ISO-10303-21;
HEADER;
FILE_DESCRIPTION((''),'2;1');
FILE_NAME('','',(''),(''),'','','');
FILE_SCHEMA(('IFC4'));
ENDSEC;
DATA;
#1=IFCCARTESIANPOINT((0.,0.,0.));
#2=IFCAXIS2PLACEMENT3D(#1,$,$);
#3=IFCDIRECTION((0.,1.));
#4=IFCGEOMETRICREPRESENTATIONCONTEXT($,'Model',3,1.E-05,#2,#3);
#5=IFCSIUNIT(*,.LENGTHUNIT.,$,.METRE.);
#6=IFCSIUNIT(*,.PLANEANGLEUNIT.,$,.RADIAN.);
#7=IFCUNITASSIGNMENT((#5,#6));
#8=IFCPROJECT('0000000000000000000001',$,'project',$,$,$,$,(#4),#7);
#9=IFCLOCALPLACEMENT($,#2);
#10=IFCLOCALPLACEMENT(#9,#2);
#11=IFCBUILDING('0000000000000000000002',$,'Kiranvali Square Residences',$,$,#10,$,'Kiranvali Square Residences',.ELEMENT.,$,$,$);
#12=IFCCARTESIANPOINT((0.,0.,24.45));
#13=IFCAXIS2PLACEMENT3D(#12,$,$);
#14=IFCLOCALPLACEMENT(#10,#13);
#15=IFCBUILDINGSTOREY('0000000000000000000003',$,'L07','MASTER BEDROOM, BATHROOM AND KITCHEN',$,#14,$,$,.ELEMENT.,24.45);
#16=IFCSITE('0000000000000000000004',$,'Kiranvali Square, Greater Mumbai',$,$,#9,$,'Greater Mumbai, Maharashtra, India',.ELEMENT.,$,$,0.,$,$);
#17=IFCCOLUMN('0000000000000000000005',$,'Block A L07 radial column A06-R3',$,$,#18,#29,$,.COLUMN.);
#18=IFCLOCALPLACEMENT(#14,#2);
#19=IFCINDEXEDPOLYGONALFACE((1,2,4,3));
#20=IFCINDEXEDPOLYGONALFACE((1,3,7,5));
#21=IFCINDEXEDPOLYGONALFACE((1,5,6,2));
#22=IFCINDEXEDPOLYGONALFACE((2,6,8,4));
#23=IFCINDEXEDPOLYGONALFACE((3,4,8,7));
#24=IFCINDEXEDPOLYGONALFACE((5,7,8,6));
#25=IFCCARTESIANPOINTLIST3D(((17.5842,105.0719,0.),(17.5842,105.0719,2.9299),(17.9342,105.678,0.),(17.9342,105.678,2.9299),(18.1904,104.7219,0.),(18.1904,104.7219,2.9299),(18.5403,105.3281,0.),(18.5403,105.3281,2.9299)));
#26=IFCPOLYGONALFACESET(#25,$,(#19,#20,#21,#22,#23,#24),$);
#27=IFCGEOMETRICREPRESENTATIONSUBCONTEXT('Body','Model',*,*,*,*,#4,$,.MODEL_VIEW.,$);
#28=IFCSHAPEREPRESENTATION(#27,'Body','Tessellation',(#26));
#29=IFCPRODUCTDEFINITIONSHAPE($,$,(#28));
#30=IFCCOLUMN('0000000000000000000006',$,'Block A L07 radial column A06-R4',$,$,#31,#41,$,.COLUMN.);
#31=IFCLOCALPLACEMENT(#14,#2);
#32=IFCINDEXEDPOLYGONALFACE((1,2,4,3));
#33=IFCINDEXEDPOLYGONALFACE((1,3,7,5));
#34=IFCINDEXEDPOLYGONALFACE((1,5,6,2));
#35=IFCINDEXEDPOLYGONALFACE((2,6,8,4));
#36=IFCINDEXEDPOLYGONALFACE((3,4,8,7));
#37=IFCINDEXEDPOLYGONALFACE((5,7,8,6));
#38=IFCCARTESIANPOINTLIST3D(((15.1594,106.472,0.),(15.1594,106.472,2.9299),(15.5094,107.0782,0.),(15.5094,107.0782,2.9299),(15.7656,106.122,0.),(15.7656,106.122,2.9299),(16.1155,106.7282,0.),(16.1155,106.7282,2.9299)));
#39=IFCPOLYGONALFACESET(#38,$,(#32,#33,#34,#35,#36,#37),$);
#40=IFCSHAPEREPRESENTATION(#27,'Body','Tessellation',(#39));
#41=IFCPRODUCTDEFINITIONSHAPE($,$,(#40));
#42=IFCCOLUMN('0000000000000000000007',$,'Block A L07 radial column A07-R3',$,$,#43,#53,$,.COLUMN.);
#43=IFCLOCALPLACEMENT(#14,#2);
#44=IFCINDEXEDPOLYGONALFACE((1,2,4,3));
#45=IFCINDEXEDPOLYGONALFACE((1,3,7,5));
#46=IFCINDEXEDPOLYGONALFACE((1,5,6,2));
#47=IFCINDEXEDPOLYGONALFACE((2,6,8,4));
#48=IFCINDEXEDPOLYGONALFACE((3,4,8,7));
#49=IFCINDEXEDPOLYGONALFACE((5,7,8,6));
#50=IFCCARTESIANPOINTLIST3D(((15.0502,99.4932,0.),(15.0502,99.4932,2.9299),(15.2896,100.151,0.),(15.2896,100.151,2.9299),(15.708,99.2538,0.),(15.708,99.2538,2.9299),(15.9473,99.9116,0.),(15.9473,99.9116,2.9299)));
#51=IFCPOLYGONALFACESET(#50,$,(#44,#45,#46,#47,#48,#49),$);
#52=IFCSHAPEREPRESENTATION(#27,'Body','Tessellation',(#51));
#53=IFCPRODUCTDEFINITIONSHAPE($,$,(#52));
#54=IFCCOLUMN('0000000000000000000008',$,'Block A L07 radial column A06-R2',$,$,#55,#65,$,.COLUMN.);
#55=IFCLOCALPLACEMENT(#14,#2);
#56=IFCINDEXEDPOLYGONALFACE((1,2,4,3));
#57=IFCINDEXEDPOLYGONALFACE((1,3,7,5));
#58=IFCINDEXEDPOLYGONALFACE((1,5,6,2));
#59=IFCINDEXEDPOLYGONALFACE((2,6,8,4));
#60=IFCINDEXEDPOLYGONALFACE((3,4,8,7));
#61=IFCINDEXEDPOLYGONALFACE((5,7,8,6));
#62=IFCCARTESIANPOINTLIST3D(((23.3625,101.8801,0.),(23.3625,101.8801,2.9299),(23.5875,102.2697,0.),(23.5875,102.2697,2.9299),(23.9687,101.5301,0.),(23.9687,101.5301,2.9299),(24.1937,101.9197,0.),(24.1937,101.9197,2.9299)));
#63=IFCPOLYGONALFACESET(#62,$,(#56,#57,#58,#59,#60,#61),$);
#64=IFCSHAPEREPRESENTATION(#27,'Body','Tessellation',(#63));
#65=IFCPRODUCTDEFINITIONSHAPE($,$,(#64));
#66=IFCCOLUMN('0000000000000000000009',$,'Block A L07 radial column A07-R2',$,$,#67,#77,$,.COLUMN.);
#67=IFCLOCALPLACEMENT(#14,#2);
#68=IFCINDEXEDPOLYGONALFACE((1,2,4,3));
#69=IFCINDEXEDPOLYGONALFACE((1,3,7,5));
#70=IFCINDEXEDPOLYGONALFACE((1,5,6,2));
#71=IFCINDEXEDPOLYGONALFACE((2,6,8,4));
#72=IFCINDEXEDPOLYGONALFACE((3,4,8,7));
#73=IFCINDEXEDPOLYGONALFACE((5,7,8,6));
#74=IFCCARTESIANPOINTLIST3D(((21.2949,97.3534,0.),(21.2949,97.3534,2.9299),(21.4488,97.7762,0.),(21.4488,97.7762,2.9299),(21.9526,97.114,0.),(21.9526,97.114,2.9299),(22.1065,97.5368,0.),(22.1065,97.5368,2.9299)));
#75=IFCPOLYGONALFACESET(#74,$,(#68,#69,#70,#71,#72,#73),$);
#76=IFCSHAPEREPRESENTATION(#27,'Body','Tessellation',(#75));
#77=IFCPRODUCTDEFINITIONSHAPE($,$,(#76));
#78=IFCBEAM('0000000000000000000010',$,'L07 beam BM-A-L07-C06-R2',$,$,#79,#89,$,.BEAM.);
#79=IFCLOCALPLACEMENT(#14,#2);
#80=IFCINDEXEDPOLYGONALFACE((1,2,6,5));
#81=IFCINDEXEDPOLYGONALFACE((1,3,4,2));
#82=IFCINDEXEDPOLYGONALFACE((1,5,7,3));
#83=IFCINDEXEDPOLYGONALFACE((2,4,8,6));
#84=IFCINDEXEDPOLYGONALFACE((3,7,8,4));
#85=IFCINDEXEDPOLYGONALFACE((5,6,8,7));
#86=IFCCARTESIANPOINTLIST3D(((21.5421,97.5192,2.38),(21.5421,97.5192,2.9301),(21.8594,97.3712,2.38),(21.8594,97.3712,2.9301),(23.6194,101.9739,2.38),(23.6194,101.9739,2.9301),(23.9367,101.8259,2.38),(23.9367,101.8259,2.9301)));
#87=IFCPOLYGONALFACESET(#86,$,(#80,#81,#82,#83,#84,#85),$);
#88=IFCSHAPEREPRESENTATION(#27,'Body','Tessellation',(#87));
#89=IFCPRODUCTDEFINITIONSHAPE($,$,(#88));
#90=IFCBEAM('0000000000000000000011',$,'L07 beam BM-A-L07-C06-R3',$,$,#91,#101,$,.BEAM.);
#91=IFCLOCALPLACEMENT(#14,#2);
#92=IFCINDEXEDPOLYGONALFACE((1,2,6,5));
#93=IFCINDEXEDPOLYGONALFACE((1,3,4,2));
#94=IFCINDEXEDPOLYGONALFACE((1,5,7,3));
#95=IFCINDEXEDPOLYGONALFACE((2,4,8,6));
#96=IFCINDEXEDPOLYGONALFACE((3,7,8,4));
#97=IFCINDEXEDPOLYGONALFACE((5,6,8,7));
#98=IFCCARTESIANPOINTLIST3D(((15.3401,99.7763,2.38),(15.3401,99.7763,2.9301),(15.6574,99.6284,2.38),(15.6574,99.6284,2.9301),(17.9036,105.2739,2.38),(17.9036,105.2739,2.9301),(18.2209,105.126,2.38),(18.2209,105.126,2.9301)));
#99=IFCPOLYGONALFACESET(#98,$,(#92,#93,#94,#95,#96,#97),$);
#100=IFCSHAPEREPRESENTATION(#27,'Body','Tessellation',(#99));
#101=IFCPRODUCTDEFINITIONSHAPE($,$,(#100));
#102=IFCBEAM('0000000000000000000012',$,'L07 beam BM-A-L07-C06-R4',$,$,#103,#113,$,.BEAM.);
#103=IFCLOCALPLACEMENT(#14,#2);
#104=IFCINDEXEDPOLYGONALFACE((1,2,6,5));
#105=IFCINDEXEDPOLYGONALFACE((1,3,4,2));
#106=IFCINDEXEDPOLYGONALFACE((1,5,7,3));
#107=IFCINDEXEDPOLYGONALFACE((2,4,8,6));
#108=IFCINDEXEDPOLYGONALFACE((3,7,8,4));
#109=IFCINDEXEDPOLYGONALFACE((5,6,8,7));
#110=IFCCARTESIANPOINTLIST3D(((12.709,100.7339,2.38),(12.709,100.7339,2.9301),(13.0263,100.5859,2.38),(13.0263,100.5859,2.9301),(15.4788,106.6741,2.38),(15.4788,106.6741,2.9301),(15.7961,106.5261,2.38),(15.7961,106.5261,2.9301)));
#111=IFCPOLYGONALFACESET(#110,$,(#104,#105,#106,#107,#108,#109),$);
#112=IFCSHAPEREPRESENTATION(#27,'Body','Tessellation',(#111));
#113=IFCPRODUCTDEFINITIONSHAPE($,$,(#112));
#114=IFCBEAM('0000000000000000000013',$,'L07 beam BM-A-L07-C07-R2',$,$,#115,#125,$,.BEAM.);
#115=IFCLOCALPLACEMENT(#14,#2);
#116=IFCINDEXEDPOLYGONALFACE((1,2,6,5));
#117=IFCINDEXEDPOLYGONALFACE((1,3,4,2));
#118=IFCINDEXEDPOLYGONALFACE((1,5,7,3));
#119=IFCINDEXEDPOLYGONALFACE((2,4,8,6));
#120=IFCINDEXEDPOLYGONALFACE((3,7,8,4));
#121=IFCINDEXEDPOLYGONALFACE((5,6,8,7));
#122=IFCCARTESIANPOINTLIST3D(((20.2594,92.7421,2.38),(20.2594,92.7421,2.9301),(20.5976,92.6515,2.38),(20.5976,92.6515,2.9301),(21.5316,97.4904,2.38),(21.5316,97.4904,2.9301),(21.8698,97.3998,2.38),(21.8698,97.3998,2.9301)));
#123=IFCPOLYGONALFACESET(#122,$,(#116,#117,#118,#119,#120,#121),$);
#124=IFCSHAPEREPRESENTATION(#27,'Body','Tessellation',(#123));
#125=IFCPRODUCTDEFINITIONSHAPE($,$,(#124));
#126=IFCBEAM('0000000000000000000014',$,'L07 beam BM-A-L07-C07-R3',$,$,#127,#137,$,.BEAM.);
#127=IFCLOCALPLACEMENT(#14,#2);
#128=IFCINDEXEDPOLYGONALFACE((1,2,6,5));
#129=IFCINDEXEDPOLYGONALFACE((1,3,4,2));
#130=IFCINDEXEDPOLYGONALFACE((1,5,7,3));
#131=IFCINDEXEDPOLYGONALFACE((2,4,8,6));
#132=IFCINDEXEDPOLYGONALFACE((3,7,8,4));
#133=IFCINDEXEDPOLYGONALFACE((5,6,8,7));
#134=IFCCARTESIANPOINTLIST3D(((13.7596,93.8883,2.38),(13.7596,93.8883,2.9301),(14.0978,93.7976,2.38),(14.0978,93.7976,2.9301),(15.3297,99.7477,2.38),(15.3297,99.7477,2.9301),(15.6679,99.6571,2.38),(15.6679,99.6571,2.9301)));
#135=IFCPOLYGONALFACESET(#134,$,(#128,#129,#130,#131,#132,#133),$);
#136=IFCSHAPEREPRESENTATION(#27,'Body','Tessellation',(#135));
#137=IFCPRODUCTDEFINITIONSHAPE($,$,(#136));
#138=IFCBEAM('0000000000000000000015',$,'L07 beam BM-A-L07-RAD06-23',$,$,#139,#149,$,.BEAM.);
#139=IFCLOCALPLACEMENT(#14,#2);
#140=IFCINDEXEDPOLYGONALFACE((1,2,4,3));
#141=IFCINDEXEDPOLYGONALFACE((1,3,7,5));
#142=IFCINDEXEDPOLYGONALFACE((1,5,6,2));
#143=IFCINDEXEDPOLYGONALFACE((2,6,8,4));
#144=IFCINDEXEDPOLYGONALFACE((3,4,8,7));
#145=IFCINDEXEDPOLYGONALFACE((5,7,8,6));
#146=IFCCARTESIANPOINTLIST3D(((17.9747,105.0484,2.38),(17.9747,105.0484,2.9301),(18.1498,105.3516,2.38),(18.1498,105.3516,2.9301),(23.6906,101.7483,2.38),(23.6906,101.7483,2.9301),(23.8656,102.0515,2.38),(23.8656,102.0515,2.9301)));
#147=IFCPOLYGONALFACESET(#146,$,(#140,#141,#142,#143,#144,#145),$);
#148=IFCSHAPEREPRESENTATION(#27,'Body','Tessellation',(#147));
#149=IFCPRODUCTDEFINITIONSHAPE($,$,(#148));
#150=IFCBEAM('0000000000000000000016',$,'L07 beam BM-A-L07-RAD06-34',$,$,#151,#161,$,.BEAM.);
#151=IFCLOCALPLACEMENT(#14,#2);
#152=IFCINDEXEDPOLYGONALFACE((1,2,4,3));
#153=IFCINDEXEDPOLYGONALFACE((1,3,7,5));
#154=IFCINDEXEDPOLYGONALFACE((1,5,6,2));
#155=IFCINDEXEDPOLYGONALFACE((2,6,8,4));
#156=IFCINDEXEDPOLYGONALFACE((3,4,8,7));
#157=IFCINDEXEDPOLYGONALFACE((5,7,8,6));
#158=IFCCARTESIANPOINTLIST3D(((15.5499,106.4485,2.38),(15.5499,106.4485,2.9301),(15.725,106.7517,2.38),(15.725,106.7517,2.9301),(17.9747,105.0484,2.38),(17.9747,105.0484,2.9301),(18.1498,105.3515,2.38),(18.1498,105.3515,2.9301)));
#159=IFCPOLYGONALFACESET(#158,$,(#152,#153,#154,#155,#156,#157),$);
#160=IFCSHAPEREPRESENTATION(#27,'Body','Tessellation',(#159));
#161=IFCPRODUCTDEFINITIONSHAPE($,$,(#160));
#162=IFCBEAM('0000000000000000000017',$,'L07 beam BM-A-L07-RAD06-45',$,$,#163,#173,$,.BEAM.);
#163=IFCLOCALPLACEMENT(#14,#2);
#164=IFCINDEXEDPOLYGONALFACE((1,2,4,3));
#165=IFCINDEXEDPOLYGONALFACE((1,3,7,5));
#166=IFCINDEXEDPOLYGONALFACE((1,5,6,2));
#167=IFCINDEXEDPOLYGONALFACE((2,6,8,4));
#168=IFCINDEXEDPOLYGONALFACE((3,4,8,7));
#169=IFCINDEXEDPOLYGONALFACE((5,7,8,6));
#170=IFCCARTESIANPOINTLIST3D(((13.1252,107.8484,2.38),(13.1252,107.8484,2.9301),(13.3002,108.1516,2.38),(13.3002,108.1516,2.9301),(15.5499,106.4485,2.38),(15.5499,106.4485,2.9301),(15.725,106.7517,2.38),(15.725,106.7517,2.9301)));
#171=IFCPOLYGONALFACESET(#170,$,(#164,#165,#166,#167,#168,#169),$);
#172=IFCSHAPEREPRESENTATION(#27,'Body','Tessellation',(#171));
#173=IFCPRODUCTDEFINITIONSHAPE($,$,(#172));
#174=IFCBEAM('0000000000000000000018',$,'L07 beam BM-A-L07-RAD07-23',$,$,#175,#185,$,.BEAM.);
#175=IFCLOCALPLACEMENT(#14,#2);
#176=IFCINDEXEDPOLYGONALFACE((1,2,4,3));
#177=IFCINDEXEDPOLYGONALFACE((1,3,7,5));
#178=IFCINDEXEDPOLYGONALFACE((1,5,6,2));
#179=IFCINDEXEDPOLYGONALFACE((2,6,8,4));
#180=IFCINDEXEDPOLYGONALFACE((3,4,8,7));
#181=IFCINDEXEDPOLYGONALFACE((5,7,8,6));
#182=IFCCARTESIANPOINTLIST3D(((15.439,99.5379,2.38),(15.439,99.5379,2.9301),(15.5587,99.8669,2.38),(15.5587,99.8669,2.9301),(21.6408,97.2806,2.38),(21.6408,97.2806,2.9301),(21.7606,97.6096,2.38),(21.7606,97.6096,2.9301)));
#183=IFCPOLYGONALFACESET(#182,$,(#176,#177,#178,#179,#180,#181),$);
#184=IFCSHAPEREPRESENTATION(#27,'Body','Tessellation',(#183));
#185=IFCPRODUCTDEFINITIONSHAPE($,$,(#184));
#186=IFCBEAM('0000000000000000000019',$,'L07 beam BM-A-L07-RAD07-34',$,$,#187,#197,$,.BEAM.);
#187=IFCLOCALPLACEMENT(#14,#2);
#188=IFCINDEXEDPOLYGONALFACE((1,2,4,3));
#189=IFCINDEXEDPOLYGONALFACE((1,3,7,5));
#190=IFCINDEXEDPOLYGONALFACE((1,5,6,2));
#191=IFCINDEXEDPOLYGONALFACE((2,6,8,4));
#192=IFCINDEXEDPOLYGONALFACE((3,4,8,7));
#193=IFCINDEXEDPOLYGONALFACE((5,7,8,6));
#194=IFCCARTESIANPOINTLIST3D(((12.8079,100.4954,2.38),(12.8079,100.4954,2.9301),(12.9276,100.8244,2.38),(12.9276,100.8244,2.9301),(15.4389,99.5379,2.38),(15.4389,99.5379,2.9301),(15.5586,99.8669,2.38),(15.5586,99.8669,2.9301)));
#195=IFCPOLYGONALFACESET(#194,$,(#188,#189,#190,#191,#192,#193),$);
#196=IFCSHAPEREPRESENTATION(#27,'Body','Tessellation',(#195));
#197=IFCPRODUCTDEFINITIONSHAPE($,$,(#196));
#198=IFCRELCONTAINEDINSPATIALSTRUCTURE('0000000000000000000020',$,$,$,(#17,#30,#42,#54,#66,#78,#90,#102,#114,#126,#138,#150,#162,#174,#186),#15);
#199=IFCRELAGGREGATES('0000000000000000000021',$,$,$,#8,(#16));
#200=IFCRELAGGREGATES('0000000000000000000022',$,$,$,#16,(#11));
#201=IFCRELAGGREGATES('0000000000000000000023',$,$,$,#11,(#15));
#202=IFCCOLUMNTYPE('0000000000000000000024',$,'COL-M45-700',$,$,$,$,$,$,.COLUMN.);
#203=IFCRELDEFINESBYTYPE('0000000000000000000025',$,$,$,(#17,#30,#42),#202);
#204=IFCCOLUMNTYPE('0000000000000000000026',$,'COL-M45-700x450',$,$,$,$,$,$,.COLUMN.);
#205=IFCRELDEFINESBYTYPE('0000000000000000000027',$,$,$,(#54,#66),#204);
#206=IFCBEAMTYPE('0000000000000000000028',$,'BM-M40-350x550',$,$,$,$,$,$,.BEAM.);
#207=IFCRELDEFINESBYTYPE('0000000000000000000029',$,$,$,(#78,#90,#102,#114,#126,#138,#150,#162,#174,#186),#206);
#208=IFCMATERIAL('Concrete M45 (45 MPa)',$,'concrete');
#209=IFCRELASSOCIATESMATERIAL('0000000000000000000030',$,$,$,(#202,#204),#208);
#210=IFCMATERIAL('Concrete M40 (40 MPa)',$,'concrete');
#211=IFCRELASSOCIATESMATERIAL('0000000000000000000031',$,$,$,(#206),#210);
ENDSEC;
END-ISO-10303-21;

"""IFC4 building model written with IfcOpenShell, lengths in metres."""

from ifc_helpers import new_model, si_unit, direction, frame, origin, origin_2d, place, context, subcontext, project, spatial, rectangle, extrude, material, material_profile, profile_set, type_object, element, save


model = new_model("IFC4")

# Units and contexts
model_context = context("Model", 3, precision=1e-05, world=origin(), true_north=direction((0.0, 1.0)))
body_context = subcontext(model_context, "Body", "Model", "MODEL_VIEW")
ifc_project = project(units=[si_unit("LENGTHUNIT", "METRE"), si_unit("PLANEANGLEUNIT", "RADIAN")], contexts=[model_context])

# Site, building, storey
site_placement = place(None, origin())
site = spatial("IfcSite", under=ifc_project, at=site_placement, Name="Kiranvali Square, Greater Mumbai", LongName="Greater Mumbai, Maharashtra, India", CompositionType="ELEMENT", RefElevation=0.0)
building_placement = place(site_placement, origin())
building = spatial("IfcBuilding", under=site, at=building_placement, Name="Kiranvali Square Residences", LongName="Kiranvali Square Residences", CompositionType="ELEMENT")
storey_placement = place(building_placement, frame((0.0, 0.0, 24.45)))
storey = spatial("IfcBuildingStorey", under=building, at=storey_placement, Name="L07", Description="MASTER BEDROOM, BATHROOM AND KITCHEN", CompositionType="ELEMENT", Elevation=24.45)

# Columns
ifc_material_1 = material(Name="Concrete M45 (45 MPa)", Category="concrete")
ifc_material_profile_1 = material_profile(ifc_material_1, rectangle(XDim=0.7, YDim=0.7, at=origin_2d()), Name="RC 700x700")
ifc_profile_set_1 = profile_set([ifc_material_profile_1], Name="Concrete M45 (45 MPa)")
column_type_1 = type_object("IfcColumnType", Name="COL-M45-700", PredefinedType="COLUMN", material=ifc_profile_set_1)
for number, where, z_axis, x_axis, name in (
    (1, (18.0623, 105.2, 0.0), (0.0, 0.0, 1.0), (0.5, 0.866025, 0.0), "Block A L07 radial column A06-R3"),
    (2, (15.6375, 106.6001, 0.0), (0.0, 0.0, 1.0), (0.5, 0.866025, 0.0), "Block A L07 radial column A06-R4"),
    (3, (15.4988, 99.7024, 0.0), (0.0, 0.0, 1.0), (0.34202, 0.939693, 0.0), "Block A L07 radial column A07-R3"),
):
    element("IfcColumn", number, at=place(storey_placement, frame(where, z_axis=z_axis, x_axis=x_axis)), inside=storey, type_object=column_type_1, Name=name, PredefinedType="COLUMN", context=body_context, shape_type="SweptSolid", body=[
        extrude(rectangle(XDim=0.7, YDim=0.7, at=origin_2d()), origin(), (0.0, 0.0, 1.0), 2.9299),
    ])
ifc_material_profile_2 = material_profile(ifc_material_1, rectangle(XDim=0.45, YDim=0.7, at=origin_2d()), Name="RC 700x450")
ifc_profile_set_2 = profile_set([ifc_material_profile_2], Name="Concrete M45 (45 MPa)")
column_type_2 = type_object("IfcColumnType", Name="COL-M45-700x450", PredefinedType="COLUMN", material=ifc_profile_set_2)
for number, where, z_axis, x_axis, name in (
    (4, (23.7781, 101.8999, 0.0), (0.0, 0.0, 1.0), (0.5, 0.866025, 0.0), "Block A L07 radial column A06-R2"),
    (5, (21.7007, 97.4451, 0.0), (0.0, 0.0, 1.0), (0.34202, 0.939693, 0.0), "Block A L07 radial column A07-R2"),
):
    element("IfcColumn", number, at=place(storey_placement, frame(where, z_axis=z_axis, x_axis=x_axis)), inside=storey, type_object=column_type_2, Name=name, PredefinedType="COLUMN", context=body_context, shape_type="SweptSolid", body=[
        extrude(rectangle(XDim=0.45, YDim=0.7, at=origin_2d()), origin(), (0.0, 0.0, 1.0), 2.9299),
    ])

# Beams
ifc_material_2 = material(Name="Concrete M40 (40 MPa)", Category="concrete")
ifc_material_profile_3 = material_profile(ifc_material_2, rectangle(XDim=0.3501, YDim=0.55, at=origin_2d()), Name="RC 350x550")
ifc_profile_set_3 = profile_set([ifc_material_profile_3], Name="Concrete M40 (40 MPa)")
beam_type = type_object("IfcBeamType", Name="BM-M40-350x550", PredefinedType="BEAM", material=ifc_profile_set_3)
beam_1_placement = place(storey_placement, frame((23.7781, 101.8999, 2.655), z_axis=(-0.42263, -0.906302, 0.0), x_axis=(0.906302, -0.42263, 0.0)))
element("IfcBeam", 6, at=beam_1_placement, inside=storey, type_object=beam_type, Name="L07 beam BM-A-L07-C06-R2", PredefinedType="BEAM", context=body_context, shape_type="SweptSolid", body=[
    extrude(rectangle(XDim=0.3501, YDim=0.55, at=origin_2d()), origin(), (0.0, 0.0, 1.0), 4.9153),
])
beam_2_placement = place(storey_placement, frame((18.0623, 105.2, 2.655), z_axis=(-0.422608, -0.906313, 0.0), x_axis=(0.906313, -0.422608, 0.0)))
element("IfcBeam", 7, at=beam_2_placement, inside=storey, type_object=beam_type, Name="L07 beam BM-A-L07-C06-R3", PredefinedType="BEAM", context=body_context, shape_type="SweptSolid", body=[
    extrude(rectangle(XDim=0.3501, YDim=0.55, at=origin_2d()), origin(), (0.0, 0.0, 1.0), 6.0659),
])
beam_3_placement = place(storey_placement, frame((15.6375, 106.6001, 2.655), z_axis=(-0.422596, -0.906318, 0.0), x_axis=(0.906318, -0.422596, 0.0)))
element("IfcBeam", 8, at=beam_3_placement, inside=storey, type_object=beam_type, Name="L07 beam BM-A-L07-C06-R4", PredefinedType="BEAM", context=body_context, shape_type="SweptSolid", body=[
    extrude(rectangle(XDim=0.3501, YDim=0.55, at=origin_2d()), origin(), (0.0, 0.0, 1.0), 6.5542),
])
beam_4_placement = place(storey_placement, frame((21.7007, 97.4451, 2.655), z_axis=(-0.258803, -0.96593, 0.0), x_axis=(0.96593, -0.258803, 0.0)))
element("IfcBeam", 9, at=beam_4_placement, inside=storey, type_object=beam_type, Name="L07 beam BM-A-L07-C07-R2", PredefinedType="BEAM", context=body_context, shape_type="SweptSolid", body=[
    extrude(rectangle(XDim=0.3501, YDim=0.55, at=origin_2d()), origin(), (0.0, 0.0, 1.0), 4.9158),
])
beam_5_placement = place(storey_placement, frame((15.4988, 99.7024, 2.655), z_axis=(-0.258827, -0.965924, 0.0), x_axis=(0.965924, -0.258827, 0.0)))
element("IfcBeam", 10, at=beam_5_placement, inside=storey, type_object=beam_type, Name="L07 beam BM-A-L07-C07-R3", PredefinedType="BEAM", context=body_context, shape_type="SweptSolid", body=[
    extrude(rectangle(XDim=0.3501, YDim=0.55, at=origin_2d()), origin(), (0.0, 0.0, 1.0), 6.0662),
])
beam_6_placement = place(storey_placement, frame((23.7781, 101.8999, 2.655), z_axis=(-0.866024, 0.500002, 0.0), x_axis=(-0.500002, -0.866024, 0.0)))
element("IfcBeam", 11, at=beam_6_placement, inside=storey, type_object=beam_type, Name="L07 beam BM-A-L07-RAD06-23", PredefinedType="BEAM", context=body_context, shape_type="SweptSolid", body=[
    extrude(rectangle(XDim=0.3501, YDim=0.55, at=origin_2d()), origin(), (0.0, 0.0, 1.0), 6.6001),
])
beam_7_placement = place(storey_placement, frame((18.0623, 105.2, 2.655), z_axis=(-0.865997, 0.50005, 0.0), x_axis=(-0.50005, -0.865997, 0.0)))
element("IfcBeam", 12, at=beam_7_placement, inside=storey, type_object=beam_type, Name="L07 beam BM-A-L07-RAD06-34", PredefinedType="BEAM", context=body_context, shape_type="SweptSolid", body=[
    extrude(rectangle(XDim=0.3501, YDim=0.55, at=origin_2d()), origin(), (0.0, 0.0, 1.0), 2.8),
])
beam_8_placement = place(storey_placement, frame((15.6375, 106.6001, 2.655), z_axis=(-0.866035, 0.499984, 0.0), x_axis=(-0.499984, -0.866035, 0.0)))
element("IfcBeam", 13, at=beam_8_placement, inside=storey, type_object=beam_type, Name="L07 beam BM-A-L07-RAD06-45", PredefinedType="BEAM", context=body_context, shape_type="SweptSolid", body=[
    extrude(rectangle(XDim=0.3501, YDim=0.55, at=origin_2d()), origin(), (0.0, 0.0, 1.0), 2.7998),
])
beam_9_placement = place(storey_placement, frame((21.7007, 97.4451, 2.655), z_axis=(-0.939692, 0.342022, 0.0), x_axis=(-0.342022, -0.939692, 0.0)))
element("IfcBeam", 14, at=beam_9_placement, inside=storey, type_object=beam_type, Name="L07 beam BM-A-L07-RAD07-23", PredefinedType="BEAM", context=body_context, shape_type="SweptSolid", body=[
    extrude(rectangle(XDim=0.3501, YDim=0.55, at=origin_2d()), origin(), (0.0, 0.0, 1.0), 6.5999),
])
beam_10_placement = place(storey_placement, frame((15.4988, 99.7024, 2.655), z_axis=(-0.939707, 0.341981, 0.0), x_axis=(-0.341981, -0.939707, 0.0)))
element("IfcBeam", 15, at=beam_10_placement, inside=storey, type_object=beam_type, Name="L07 beam BM-A-L07-RAD07-34", PredefinedType="BEAM", context=body_context, shape_type="SweptSolid", body=[
    extrude(rectangle(XDim=0.3501, YDim=0.55, at=origin_2d()), origin(), (0.0, 0.0, 1.0), 2.7998),
])

save(model, "model.ifc")
